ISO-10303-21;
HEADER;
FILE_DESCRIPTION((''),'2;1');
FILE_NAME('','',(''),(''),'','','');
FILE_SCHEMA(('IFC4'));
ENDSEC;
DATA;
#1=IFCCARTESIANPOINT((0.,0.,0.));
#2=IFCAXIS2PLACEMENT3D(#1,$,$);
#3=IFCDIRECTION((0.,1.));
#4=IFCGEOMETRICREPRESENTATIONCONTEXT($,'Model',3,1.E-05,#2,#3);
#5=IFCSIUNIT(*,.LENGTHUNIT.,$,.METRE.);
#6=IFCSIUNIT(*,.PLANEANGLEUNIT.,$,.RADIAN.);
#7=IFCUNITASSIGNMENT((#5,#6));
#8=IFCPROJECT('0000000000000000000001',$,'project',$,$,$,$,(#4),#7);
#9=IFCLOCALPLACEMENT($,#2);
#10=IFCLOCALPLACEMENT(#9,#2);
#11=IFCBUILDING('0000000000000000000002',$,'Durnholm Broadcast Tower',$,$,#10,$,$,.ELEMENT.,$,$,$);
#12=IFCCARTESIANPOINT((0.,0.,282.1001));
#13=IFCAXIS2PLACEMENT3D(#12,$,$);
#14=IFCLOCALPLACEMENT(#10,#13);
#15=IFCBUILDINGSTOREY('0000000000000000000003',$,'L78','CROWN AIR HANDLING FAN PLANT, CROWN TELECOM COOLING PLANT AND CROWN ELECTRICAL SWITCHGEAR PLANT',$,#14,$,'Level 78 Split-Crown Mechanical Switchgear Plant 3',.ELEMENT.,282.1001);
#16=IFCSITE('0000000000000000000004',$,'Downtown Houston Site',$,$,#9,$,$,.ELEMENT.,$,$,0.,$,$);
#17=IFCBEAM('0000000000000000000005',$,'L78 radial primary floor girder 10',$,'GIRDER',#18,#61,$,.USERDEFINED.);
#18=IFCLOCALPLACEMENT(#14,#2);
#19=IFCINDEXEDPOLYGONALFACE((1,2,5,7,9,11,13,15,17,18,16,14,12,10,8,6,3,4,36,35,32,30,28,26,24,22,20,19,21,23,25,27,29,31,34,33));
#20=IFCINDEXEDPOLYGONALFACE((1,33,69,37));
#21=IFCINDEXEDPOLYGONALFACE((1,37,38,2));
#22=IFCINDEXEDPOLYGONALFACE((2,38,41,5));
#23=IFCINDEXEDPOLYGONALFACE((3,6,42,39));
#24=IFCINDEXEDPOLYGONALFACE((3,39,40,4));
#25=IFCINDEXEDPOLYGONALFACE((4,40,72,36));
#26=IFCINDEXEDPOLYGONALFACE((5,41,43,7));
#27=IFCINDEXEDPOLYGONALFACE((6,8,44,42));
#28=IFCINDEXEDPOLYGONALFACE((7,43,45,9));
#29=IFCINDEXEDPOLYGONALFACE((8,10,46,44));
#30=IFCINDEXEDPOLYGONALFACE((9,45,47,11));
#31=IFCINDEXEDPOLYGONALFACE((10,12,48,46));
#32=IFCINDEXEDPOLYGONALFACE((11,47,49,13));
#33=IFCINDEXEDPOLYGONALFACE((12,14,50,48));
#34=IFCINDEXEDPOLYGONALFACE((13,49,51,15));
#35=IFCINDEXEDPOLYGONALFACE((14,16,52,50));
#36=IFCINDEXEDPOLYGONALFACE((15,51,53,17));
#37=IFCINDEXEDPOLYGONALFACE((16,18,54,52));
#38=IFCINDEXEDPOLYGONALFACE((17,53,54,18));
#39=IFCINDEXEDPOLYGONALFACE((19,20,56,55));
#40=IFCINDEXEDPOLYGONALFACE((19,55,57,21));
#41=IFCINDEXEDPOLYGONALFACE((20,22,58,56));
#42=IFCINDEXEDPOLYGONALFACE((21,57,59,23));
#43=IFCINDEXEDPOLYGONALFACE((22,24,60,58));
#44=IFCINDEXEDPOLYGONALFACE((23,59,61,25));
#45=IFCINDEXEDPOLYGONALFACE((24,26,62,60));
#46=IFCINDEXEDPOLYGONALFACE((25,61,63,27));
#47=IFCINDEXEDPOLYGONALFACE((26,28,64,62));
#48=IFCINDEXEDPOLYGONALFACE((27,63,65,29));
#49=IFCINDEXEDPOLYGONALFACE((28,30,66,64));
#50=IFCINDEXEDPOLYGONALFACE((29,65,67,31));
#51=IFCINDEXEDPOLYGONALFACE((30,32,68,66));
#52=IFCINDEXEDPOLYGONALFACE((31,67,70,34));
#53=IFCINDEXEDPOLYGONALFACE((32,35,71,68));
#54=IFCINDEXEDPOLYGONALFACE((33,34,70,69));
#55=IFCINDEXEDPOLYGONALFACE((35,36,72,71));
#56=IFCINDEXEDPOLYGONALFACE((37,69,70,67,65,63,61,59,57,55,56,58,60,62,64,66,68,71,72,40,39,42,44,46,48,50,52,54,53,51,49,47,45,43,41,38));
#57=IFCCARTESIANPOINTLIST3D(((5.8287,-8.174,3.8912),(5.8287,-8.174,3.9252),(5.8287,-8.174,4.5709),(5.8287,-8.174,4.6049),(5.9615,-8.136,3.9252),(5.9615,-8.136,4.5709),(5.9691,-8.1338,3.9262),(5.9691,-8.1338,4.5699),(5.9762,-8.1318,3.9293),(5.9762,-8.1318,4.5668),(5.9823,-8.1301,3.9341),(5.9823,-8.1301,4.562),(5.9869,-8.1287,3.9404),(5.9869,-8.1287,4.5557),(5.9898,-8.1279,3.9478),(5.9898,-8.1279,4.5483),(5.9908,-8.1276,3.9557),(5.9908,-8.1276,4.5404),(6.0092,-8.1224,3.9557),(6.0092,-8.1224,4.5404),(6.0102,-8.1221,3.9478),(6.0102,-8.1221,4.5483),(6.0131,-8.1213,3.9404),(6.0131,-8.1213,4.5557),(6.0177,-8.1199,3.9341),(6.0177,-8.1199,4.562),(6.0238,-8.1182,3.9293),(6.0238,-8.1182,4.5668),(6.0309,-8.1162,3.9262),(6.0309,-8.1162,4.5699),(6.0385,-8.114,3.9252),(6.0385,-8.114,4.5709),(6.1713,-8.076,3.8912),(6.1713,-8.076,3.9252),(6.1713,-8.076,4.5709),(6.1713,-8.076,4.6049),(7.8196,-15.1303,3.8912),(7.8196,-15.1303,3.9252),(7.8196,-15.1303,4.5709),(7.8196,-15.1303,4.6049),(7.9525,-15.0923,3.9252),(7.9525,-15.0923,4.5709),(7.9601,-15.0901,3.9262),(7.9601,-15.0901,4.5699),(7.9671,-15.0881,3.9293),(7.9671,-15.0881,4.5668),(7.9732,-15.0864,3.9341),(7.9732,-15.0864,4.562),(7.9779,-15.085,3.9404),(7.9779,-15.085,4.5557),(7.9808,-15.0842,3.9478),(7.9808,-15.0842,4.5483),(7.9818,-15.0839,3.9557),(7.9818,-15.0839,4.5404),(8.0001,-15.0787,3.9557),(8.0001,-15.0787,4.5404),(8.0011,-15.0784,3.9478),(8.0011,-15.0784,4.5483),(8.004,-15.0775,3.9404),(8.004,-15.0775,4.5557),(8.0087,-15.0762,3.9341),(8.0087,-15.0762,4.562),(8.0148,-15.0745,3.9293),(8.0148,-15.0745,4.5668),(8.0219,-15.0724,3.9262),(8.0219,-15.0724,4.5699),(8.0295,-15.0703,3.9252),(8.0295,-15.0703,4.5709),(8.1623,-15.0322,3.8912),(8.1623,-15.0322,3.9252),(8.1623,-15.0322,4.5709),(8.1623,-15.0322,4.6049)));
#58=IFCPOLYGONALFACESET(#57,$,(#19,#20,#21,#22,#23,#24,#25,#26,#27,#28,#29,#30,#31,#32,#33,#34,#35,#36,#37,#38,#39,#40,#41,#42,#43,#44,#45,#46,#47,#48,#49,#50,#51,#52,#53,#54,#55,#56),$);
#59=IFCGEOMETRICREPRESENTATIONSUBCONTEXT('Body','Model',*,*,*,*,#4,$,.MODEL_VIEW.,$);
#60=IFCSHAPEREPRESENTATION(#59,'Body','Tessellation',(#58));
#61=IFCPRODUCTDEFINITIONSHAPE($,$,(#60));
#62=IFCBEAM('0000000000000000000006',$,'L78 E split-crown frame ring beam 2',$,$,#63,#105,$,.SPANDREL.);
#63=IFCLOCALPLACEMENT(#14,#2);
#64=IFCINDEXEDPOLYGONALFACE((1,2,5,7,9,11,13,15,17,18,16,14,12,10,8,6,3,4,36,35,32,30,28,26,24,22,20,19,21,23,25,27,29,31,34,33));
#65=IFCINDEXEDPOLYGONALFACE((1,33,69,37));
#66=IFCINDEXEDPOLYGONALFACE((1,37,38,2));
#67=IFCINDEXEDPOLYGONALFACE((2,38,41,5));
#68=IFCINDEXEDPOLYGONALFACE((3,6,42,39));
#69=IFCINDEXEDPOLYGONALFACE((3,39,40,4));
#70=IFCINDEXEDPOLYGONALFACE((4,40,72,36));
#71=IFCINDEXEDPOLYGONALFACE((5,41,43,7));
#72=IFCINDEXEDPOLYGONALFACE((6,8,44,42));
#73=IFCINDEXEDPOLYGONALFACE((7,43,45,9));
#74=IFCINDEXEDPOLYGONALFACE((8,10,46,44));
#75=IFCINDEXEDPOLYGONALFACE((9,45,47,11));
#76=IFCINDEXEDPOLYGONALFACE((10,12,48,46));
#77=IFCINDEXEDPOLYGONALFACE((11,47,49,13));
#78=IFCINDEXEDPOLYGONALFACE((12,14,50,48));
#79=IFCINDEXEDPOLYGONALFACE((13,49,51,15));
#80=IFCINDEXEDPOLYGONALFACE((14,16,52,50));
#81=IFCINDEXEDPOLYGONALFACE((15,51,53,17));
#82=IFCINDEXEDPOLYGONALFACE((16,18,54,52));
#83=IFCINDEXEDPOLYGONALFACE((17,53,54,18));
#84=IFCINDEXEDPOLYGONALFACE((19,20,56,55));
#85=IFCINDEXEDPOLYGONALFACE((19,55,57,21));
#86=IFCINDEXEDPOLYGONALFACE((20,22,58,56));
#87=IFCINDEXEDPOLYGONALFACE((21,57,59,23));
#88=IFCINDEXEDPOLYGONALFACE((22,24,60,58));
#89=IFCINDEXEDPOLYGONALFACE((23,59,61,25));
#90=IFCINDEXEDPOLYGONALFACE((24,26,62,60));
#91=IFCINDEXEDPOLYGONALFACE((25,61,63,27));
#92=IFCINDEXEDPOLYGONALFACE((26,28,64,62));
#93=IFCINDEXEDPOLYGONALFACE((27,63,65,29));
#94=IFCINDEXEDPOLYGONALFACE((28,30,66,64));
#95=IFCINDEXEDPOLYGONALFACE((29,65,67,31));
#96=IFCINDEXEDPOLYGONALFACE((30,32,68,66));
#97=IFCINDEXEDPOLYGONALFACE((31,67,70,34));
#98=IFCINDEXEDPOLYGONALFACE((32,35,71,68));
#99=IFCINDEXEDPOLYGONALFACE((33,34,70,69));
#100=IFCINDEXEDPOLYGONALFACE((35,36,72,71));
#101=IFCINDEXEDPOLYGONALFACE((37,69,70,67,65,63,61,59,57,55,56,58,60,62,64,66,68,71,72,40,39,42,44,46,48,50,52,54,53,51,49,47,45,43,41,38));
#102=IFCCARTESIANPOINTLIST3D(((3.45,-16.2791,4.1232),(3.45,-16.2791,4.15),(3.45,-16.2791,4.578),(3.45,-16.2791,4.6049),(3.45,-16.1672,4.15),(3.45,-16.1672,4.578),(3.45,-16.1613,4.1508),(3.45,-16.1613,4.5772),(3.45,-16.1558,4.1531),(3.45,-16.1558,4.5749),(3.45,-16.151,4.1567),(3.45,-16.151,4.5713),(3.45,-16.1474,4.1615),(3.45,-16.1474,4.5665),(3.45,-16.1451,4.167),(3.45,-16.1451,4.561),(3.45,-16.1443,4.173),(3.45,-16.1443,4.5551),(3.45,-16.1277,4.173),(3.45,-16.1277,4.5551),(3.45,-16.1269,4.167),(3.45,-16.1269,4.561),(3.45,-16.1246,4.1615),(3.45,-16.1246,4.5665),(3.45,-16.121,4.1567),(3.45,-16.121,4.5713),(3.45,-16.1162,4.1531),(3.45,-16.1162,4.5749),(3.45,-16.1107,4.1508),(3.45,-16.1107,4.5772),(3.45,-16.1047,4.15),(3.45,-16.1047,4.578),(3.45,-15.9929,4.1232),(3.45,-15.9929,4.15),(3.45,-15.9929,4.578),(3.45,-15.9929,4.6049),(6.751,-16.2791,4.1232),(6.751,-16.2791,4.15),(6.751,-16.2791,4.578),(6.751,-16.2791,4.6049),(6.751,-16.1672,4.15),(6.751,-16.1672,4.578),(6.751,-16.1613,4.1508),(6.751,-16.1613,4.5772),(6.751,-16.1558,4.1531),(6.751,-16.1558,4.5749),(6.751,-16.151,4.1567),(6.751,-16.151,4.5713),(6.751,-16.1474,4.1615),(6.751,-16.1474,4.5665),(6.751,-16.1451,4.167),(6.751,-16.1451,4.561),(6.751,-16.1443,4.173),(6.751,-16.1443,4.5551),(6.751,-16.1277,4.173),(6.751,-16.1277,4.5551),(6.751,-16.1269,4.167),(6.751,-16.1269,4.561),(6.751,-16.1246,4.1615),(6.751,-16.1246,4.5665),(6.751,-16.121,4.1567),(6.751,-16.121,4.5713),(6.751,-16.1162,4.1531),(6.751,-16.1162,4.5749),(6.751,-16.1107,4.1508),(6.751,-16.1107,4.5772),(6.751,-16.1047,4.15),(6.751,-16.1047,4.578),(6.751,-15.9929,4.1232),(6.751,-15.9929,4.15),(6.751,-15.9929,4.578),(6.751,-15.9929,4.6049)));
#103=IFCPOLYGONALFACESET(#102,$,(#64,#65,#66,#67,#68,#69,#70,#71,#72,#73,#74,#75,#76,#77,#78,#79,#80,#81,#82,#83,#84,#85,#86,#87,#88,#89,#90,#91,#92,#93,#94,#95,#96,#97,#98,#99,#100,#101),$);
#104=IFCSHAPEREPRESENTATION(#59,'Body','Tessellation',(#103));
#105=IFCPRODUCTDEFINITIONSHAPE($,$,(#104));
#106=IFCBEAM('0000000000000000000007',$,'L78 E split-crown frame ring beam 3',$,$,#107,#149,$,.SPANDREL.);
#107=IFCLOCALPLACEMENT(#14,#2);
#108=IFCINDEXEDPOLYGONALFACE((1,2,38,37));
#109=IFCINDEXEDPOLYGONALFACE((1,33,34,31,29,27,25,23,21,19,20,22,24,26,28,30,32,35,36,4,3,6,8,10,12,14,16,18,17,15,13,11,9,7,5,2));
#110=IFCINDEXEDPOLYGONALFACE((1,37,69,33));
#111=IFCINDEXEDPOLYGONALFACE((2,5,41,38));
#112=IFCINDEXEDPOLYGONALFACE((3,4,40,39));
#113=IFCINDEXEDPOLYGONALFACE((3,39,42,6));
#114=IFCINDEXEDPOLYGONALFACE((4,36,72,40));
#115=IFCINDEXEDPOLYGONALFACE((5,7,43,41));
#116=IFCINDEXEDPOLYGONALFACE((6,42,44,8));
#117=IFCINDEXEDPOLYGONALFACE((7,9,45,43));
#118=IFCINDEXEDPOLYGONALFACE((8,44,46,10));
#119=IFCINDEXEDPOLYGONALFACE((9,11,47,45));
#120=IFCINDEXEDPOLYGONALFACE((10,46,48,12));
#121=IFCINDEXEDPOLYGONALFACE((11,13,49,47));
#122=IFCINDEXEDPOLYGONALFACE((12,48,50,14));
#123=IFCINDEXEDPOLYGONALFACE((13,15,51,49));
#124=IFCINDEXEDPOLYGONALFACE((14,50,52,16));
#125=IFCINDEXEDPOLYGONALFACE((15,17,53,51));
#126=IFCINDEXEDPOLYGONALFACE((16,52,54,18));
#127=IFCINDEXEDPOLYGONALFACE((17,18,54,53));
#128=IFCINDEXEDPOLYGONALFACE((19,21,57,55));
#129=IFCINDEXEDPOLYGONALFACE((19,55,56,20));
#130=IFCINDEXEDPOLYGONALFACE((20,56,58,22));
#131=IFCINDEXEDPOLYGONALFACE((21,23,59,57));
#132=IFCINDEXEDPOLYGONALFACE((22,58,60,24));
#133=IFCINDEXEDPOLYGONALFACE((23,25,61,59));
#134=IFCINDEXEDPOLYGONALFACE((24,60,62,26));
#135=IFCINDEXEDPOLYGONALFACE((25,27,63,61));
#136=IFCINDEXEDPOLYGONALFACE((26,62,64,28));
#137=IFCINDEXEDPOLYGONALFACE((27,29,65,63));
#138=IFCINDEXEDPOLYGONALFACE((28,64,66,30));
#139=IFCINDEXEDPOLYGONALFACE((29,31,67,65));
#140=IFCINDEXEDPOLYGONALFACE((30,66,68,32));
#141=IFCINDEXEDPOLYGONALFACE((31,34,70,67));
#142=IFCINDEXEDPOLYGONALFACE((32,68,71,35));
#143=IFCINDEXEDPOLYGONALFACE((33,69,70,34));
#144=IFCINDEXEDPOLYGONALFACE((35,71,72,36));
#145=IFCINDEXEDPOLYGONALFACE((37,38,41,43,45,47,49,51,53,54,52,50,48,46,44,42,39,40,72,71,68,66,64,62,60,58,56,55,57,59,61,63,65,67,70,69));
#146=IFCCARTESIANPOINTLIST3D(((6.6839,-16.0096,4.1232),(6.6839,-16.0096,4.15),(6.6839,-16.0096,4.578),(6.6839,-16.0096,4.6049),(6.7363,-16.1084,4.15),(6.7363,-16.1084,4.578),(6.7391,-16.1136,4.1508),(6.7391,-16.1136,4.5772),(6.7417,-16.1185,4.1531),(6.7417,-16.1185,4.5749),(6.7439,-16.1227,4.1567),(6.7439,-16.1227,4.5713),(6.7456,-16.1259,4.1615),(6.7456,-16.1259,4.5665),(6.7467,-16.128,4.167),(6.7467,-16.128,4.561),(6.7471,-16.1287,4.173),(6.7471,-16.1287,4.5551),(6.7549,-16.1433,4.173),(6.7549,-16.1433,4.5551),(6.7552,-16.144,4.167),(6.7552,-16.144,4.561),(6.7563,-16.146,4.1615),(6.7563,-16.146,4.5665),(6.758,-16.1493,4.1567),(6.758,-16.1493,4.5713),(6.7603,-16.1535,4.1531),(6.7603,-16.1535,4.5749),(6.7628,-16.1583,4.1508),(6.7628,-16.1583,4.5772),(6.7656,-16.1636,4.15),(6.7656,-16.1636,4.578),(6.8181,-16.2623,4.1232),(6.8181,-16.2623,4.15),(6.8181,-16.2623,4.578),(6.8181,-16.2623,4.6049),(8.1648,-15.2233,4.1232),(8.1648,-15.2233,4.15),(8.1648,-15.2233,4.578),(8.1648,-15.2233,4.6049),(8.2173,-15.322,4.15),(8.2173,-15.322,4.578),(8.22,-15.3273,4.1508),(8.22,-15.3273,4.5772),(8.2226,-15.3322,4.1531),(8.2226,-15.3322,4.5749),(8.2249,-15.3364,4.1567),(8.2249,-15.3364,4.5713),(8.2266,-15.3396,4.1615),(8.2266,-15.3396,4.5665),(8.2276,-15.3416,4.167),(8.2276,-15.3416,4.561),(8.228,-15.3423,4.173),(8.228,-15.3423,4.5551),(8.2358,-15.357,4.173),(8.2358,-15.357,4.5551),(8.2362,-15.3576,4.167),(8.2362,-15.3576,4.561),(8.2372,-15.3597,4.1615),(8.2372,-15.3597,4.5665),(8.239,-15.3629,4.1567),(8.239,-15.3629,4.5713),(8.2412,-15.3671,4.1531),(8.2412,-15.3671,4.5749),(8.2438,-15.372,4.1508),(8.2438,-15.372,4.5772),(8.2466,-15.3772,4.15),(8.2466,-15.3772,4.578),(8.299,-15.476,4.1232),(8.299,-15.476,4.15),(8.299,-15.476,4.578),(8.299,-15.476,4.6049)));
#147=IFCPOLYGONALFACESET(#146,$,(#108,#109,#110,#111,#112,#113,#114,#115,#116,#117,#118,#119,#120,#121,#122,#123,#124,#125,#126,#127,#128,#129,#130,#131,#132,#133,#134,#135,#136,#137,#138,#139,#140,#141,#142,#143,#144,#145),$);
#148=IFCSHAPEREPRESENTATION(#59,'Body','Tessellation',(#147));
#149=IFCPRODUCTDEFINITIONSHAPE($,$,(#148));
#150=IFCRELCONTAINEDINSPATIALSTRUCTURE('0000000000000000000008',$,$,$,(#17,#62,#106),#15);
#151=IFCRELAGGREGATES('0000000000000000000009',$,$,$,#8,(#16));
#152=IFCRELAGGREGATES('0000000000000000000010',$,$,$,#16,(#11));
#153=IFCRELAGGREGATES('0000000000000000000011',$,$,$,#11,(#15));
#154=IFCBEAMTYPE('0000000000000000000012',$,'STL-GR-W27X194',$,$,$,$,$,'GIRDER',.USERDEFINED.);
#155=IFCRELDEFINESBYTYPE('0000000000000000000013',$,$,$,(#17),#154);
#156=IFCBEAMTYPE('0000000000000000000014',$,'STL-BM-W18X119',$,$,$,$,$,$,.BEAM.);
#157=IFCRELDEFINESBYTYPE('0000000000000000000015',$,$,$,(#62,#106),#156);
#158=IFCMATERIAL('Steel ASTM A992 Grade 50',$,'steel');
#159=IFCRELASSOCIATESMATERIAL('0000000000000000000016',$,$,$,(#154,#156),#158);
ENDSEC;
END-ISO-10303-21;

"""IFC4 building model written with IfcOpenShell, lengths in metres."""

from ifc_helpers import new_model, si_unit, direction, frame, origin, origin_2d, place, context, subcontext, project, spatial, i_section, extrude, source, transform, mapped, material, material_profile, profile_set, type_object, type_shapes, element, save


model = new_model("IFC4")

# Units and contexts
model_context = context("Model", 3, precision=1e-05, world=origin(), true_north=direction((0.0, 1.0)))
body_context = subcontext(model_context, "Body", "Model", "MODEL_VIEW")
ifc_project = project(units=[si_unit("LENGTHUNIT", "METRE"), si_unit("PLANEANGLEUNIT", "RADIAN")], contexts=[model_context])

# Site, building, storey
site_placement = place(None, origin())
site = spatial("IfcSite", under=ifc_project, at=site_placement, Name="Downtown Houston Site", CompositionType="ELEMENT", RefElevation=0.0)
building_placement = place(site_placement, origin())
building = spatial("IfcBuilding", under=site, at=building_placement, Name="Durnholm Broadcast Tower", CompositionType="ELEMENT")
storey_placement = place(building_placement, frame((0.0, 0.0, 282.1001)))
storey = spatial("IfcBuildingStorey", under=building, at=storey_placement, Name="L78", Description="CROWN AIR HANDLING FAN PLANT, CROWN TELECOM COOLING PLANT AND CROWN ELECTRICAL SWITCHGEAR PLANT", LongName="Level 78 Split-Crown Mechanical Switchgear Plant 3", CompositionType="ELEMENT", Elevation=282.1001)

# Beams
ifc_material_1 = material(Name="Steel ASTM A992 Grade 50", Category="steel")
ifc_material_profile_1 = material_profile(ifc_material_1, i_section(OverallWidth=0.3564, OverallDepth=0.7136, WebThickness=0.019, FlangeThickness=0.0339, FilletRadius=0.0305, at=origin_2d()), Name="W27X194")
ifc_profile_set_1 = profile_set([ifc_material_profile_1], Name="Steel ASTM A992 Grade 50")
beam_type_1 = type_object("IfcBeamType", Name="STL-GR-W27X194", ElementType="GIRDER", PredefinedType="USERDEFINED", material=ifc_profile_set_1)
shared_shape_1 = source(origin(), body_context, "Body", "SweptSolid", [
    extrude(i_section(OverallWidth=0.3564, OverallDepth=0.7136, WebThickness=0.019, FlangeThickness=0.0339, FilletRadius=0.0305, at=origin_2d()), origin(), (0.0, 0.0, 1.0), 7.2356),
])
type_shapes(beam_type_1, [shared_shape_1])
beam_1_placement = place(storey_placement, frame((6.0, -8.125, 4.248), z_axis=(0.275162, -0.961398, 0.0), x_axis=(0.961398, 0.275162, 0.0)))
element("IfcBeam", 1, at=beam_1_placement, inside=storey, type_object=beam_type_1, Name="L78 radial primary floor girder 10", ObjectType="GIRDER", PredefinedType="USERDEFINED", context=body_context, shape_type="MappedRepresentation", body=[
    mapped(shared_shape_1, transform((0.0, 0.0, 0.0), x_axis=(1.0, 0.0, 0.0), y_axis=(0.0, 1.0, 0.0), z_axis=(0.0, 0.0, 1.0), scale=1.0)),
])
ifc_material_profile_2 = material_profile(ifc_material_1, i_section(OverallWidth=0.2861, OverallDepth=0.4817, WebThickness=0.0166, FlangeThickness=0.0269, FilletRadius=0.0229, at=origin_2d()), Name="W18X119")
ifc_profile_set_2 = profile_set([ifc_material_profile_2], Name="Steel ASTM A992 Grade 50")
beam_type_2 = type_object("IfcBeamType", Name="STL-BM-W18X119", PredefinedType="BEAM", material=ifc_profile_set_2)
shared_shape_2 = source(origin(), body_context, "Body", "SweptSolid", [
    extrude(i_section(OverallWidth=0.2861, OverallDepth=0.4817, WebThickness=0.0166, FlangeThickness=0.0269, FilletRadius=0.0229, at=origin_2d()), origin(), (0.0, 0.0, 1.0), 3.301),
])
beam_2_placement = place(storey_placement, frame((3.45, -16.136, 4.364), z_axis=(1.0, 0.0, 0.0), x_axis=(0.0, 1.0, 0.0)))
element("IfcBeam", 2, at=beam_2_placement, inside=storey, type_object=beam_type_2, Name="L78 E split-crown frame ring beam 2", PredefinedType="SPANDREL", context=body_context, shape_type="MappedRepresentation", body=[
    mapped(shared_shape_2, transform((0.0, 0.0, 0.0), x_axis=(1.0, 0.0, 0.0), y_axis=(0.0, 1.0, 0.0), z_axis=(0.0, 0.0, 1.0), scale=1.0)),
])
shared_shape_3 = source(origin(), body_context, "Body", "SweptSolid", [
    extrude(i_section(OverallWidth=0.2861, OverallDepth=0.4817, WebThickness=0.0166, FlangeThickness=0.0269, FilletRadius=0.0229, at=origin_2d()), origin(), (0.0, 0.0, 1.0), 1.6768),
])
beam_3_placement = place(storey_placement, frame((6.751, -16.136, 4.364), z_axis=(0.88321, 0.468978, 0.0), x_axis=(-0.468978, 0.88321, 0.0)))
element("IfcBeam", 3, at=beam_3_placement, inside=storey, type_object=beam_type_2, Name="L78 E split-crown frame ring beam 3", PredefinedType="SPANDREL", context=body_context, shape_type="MappedRepresentation", body=[
    mapped(shared_shape_3, transform((0.0, 0.0, 0.0), x_axis=(1.0, 0.0, 0.0), y_axis=(0.0, 1.0, 0.0), z_axis=(0.0, 0.0, 1.0), scale=1.0)),
])

save(model, "model.ifc")
